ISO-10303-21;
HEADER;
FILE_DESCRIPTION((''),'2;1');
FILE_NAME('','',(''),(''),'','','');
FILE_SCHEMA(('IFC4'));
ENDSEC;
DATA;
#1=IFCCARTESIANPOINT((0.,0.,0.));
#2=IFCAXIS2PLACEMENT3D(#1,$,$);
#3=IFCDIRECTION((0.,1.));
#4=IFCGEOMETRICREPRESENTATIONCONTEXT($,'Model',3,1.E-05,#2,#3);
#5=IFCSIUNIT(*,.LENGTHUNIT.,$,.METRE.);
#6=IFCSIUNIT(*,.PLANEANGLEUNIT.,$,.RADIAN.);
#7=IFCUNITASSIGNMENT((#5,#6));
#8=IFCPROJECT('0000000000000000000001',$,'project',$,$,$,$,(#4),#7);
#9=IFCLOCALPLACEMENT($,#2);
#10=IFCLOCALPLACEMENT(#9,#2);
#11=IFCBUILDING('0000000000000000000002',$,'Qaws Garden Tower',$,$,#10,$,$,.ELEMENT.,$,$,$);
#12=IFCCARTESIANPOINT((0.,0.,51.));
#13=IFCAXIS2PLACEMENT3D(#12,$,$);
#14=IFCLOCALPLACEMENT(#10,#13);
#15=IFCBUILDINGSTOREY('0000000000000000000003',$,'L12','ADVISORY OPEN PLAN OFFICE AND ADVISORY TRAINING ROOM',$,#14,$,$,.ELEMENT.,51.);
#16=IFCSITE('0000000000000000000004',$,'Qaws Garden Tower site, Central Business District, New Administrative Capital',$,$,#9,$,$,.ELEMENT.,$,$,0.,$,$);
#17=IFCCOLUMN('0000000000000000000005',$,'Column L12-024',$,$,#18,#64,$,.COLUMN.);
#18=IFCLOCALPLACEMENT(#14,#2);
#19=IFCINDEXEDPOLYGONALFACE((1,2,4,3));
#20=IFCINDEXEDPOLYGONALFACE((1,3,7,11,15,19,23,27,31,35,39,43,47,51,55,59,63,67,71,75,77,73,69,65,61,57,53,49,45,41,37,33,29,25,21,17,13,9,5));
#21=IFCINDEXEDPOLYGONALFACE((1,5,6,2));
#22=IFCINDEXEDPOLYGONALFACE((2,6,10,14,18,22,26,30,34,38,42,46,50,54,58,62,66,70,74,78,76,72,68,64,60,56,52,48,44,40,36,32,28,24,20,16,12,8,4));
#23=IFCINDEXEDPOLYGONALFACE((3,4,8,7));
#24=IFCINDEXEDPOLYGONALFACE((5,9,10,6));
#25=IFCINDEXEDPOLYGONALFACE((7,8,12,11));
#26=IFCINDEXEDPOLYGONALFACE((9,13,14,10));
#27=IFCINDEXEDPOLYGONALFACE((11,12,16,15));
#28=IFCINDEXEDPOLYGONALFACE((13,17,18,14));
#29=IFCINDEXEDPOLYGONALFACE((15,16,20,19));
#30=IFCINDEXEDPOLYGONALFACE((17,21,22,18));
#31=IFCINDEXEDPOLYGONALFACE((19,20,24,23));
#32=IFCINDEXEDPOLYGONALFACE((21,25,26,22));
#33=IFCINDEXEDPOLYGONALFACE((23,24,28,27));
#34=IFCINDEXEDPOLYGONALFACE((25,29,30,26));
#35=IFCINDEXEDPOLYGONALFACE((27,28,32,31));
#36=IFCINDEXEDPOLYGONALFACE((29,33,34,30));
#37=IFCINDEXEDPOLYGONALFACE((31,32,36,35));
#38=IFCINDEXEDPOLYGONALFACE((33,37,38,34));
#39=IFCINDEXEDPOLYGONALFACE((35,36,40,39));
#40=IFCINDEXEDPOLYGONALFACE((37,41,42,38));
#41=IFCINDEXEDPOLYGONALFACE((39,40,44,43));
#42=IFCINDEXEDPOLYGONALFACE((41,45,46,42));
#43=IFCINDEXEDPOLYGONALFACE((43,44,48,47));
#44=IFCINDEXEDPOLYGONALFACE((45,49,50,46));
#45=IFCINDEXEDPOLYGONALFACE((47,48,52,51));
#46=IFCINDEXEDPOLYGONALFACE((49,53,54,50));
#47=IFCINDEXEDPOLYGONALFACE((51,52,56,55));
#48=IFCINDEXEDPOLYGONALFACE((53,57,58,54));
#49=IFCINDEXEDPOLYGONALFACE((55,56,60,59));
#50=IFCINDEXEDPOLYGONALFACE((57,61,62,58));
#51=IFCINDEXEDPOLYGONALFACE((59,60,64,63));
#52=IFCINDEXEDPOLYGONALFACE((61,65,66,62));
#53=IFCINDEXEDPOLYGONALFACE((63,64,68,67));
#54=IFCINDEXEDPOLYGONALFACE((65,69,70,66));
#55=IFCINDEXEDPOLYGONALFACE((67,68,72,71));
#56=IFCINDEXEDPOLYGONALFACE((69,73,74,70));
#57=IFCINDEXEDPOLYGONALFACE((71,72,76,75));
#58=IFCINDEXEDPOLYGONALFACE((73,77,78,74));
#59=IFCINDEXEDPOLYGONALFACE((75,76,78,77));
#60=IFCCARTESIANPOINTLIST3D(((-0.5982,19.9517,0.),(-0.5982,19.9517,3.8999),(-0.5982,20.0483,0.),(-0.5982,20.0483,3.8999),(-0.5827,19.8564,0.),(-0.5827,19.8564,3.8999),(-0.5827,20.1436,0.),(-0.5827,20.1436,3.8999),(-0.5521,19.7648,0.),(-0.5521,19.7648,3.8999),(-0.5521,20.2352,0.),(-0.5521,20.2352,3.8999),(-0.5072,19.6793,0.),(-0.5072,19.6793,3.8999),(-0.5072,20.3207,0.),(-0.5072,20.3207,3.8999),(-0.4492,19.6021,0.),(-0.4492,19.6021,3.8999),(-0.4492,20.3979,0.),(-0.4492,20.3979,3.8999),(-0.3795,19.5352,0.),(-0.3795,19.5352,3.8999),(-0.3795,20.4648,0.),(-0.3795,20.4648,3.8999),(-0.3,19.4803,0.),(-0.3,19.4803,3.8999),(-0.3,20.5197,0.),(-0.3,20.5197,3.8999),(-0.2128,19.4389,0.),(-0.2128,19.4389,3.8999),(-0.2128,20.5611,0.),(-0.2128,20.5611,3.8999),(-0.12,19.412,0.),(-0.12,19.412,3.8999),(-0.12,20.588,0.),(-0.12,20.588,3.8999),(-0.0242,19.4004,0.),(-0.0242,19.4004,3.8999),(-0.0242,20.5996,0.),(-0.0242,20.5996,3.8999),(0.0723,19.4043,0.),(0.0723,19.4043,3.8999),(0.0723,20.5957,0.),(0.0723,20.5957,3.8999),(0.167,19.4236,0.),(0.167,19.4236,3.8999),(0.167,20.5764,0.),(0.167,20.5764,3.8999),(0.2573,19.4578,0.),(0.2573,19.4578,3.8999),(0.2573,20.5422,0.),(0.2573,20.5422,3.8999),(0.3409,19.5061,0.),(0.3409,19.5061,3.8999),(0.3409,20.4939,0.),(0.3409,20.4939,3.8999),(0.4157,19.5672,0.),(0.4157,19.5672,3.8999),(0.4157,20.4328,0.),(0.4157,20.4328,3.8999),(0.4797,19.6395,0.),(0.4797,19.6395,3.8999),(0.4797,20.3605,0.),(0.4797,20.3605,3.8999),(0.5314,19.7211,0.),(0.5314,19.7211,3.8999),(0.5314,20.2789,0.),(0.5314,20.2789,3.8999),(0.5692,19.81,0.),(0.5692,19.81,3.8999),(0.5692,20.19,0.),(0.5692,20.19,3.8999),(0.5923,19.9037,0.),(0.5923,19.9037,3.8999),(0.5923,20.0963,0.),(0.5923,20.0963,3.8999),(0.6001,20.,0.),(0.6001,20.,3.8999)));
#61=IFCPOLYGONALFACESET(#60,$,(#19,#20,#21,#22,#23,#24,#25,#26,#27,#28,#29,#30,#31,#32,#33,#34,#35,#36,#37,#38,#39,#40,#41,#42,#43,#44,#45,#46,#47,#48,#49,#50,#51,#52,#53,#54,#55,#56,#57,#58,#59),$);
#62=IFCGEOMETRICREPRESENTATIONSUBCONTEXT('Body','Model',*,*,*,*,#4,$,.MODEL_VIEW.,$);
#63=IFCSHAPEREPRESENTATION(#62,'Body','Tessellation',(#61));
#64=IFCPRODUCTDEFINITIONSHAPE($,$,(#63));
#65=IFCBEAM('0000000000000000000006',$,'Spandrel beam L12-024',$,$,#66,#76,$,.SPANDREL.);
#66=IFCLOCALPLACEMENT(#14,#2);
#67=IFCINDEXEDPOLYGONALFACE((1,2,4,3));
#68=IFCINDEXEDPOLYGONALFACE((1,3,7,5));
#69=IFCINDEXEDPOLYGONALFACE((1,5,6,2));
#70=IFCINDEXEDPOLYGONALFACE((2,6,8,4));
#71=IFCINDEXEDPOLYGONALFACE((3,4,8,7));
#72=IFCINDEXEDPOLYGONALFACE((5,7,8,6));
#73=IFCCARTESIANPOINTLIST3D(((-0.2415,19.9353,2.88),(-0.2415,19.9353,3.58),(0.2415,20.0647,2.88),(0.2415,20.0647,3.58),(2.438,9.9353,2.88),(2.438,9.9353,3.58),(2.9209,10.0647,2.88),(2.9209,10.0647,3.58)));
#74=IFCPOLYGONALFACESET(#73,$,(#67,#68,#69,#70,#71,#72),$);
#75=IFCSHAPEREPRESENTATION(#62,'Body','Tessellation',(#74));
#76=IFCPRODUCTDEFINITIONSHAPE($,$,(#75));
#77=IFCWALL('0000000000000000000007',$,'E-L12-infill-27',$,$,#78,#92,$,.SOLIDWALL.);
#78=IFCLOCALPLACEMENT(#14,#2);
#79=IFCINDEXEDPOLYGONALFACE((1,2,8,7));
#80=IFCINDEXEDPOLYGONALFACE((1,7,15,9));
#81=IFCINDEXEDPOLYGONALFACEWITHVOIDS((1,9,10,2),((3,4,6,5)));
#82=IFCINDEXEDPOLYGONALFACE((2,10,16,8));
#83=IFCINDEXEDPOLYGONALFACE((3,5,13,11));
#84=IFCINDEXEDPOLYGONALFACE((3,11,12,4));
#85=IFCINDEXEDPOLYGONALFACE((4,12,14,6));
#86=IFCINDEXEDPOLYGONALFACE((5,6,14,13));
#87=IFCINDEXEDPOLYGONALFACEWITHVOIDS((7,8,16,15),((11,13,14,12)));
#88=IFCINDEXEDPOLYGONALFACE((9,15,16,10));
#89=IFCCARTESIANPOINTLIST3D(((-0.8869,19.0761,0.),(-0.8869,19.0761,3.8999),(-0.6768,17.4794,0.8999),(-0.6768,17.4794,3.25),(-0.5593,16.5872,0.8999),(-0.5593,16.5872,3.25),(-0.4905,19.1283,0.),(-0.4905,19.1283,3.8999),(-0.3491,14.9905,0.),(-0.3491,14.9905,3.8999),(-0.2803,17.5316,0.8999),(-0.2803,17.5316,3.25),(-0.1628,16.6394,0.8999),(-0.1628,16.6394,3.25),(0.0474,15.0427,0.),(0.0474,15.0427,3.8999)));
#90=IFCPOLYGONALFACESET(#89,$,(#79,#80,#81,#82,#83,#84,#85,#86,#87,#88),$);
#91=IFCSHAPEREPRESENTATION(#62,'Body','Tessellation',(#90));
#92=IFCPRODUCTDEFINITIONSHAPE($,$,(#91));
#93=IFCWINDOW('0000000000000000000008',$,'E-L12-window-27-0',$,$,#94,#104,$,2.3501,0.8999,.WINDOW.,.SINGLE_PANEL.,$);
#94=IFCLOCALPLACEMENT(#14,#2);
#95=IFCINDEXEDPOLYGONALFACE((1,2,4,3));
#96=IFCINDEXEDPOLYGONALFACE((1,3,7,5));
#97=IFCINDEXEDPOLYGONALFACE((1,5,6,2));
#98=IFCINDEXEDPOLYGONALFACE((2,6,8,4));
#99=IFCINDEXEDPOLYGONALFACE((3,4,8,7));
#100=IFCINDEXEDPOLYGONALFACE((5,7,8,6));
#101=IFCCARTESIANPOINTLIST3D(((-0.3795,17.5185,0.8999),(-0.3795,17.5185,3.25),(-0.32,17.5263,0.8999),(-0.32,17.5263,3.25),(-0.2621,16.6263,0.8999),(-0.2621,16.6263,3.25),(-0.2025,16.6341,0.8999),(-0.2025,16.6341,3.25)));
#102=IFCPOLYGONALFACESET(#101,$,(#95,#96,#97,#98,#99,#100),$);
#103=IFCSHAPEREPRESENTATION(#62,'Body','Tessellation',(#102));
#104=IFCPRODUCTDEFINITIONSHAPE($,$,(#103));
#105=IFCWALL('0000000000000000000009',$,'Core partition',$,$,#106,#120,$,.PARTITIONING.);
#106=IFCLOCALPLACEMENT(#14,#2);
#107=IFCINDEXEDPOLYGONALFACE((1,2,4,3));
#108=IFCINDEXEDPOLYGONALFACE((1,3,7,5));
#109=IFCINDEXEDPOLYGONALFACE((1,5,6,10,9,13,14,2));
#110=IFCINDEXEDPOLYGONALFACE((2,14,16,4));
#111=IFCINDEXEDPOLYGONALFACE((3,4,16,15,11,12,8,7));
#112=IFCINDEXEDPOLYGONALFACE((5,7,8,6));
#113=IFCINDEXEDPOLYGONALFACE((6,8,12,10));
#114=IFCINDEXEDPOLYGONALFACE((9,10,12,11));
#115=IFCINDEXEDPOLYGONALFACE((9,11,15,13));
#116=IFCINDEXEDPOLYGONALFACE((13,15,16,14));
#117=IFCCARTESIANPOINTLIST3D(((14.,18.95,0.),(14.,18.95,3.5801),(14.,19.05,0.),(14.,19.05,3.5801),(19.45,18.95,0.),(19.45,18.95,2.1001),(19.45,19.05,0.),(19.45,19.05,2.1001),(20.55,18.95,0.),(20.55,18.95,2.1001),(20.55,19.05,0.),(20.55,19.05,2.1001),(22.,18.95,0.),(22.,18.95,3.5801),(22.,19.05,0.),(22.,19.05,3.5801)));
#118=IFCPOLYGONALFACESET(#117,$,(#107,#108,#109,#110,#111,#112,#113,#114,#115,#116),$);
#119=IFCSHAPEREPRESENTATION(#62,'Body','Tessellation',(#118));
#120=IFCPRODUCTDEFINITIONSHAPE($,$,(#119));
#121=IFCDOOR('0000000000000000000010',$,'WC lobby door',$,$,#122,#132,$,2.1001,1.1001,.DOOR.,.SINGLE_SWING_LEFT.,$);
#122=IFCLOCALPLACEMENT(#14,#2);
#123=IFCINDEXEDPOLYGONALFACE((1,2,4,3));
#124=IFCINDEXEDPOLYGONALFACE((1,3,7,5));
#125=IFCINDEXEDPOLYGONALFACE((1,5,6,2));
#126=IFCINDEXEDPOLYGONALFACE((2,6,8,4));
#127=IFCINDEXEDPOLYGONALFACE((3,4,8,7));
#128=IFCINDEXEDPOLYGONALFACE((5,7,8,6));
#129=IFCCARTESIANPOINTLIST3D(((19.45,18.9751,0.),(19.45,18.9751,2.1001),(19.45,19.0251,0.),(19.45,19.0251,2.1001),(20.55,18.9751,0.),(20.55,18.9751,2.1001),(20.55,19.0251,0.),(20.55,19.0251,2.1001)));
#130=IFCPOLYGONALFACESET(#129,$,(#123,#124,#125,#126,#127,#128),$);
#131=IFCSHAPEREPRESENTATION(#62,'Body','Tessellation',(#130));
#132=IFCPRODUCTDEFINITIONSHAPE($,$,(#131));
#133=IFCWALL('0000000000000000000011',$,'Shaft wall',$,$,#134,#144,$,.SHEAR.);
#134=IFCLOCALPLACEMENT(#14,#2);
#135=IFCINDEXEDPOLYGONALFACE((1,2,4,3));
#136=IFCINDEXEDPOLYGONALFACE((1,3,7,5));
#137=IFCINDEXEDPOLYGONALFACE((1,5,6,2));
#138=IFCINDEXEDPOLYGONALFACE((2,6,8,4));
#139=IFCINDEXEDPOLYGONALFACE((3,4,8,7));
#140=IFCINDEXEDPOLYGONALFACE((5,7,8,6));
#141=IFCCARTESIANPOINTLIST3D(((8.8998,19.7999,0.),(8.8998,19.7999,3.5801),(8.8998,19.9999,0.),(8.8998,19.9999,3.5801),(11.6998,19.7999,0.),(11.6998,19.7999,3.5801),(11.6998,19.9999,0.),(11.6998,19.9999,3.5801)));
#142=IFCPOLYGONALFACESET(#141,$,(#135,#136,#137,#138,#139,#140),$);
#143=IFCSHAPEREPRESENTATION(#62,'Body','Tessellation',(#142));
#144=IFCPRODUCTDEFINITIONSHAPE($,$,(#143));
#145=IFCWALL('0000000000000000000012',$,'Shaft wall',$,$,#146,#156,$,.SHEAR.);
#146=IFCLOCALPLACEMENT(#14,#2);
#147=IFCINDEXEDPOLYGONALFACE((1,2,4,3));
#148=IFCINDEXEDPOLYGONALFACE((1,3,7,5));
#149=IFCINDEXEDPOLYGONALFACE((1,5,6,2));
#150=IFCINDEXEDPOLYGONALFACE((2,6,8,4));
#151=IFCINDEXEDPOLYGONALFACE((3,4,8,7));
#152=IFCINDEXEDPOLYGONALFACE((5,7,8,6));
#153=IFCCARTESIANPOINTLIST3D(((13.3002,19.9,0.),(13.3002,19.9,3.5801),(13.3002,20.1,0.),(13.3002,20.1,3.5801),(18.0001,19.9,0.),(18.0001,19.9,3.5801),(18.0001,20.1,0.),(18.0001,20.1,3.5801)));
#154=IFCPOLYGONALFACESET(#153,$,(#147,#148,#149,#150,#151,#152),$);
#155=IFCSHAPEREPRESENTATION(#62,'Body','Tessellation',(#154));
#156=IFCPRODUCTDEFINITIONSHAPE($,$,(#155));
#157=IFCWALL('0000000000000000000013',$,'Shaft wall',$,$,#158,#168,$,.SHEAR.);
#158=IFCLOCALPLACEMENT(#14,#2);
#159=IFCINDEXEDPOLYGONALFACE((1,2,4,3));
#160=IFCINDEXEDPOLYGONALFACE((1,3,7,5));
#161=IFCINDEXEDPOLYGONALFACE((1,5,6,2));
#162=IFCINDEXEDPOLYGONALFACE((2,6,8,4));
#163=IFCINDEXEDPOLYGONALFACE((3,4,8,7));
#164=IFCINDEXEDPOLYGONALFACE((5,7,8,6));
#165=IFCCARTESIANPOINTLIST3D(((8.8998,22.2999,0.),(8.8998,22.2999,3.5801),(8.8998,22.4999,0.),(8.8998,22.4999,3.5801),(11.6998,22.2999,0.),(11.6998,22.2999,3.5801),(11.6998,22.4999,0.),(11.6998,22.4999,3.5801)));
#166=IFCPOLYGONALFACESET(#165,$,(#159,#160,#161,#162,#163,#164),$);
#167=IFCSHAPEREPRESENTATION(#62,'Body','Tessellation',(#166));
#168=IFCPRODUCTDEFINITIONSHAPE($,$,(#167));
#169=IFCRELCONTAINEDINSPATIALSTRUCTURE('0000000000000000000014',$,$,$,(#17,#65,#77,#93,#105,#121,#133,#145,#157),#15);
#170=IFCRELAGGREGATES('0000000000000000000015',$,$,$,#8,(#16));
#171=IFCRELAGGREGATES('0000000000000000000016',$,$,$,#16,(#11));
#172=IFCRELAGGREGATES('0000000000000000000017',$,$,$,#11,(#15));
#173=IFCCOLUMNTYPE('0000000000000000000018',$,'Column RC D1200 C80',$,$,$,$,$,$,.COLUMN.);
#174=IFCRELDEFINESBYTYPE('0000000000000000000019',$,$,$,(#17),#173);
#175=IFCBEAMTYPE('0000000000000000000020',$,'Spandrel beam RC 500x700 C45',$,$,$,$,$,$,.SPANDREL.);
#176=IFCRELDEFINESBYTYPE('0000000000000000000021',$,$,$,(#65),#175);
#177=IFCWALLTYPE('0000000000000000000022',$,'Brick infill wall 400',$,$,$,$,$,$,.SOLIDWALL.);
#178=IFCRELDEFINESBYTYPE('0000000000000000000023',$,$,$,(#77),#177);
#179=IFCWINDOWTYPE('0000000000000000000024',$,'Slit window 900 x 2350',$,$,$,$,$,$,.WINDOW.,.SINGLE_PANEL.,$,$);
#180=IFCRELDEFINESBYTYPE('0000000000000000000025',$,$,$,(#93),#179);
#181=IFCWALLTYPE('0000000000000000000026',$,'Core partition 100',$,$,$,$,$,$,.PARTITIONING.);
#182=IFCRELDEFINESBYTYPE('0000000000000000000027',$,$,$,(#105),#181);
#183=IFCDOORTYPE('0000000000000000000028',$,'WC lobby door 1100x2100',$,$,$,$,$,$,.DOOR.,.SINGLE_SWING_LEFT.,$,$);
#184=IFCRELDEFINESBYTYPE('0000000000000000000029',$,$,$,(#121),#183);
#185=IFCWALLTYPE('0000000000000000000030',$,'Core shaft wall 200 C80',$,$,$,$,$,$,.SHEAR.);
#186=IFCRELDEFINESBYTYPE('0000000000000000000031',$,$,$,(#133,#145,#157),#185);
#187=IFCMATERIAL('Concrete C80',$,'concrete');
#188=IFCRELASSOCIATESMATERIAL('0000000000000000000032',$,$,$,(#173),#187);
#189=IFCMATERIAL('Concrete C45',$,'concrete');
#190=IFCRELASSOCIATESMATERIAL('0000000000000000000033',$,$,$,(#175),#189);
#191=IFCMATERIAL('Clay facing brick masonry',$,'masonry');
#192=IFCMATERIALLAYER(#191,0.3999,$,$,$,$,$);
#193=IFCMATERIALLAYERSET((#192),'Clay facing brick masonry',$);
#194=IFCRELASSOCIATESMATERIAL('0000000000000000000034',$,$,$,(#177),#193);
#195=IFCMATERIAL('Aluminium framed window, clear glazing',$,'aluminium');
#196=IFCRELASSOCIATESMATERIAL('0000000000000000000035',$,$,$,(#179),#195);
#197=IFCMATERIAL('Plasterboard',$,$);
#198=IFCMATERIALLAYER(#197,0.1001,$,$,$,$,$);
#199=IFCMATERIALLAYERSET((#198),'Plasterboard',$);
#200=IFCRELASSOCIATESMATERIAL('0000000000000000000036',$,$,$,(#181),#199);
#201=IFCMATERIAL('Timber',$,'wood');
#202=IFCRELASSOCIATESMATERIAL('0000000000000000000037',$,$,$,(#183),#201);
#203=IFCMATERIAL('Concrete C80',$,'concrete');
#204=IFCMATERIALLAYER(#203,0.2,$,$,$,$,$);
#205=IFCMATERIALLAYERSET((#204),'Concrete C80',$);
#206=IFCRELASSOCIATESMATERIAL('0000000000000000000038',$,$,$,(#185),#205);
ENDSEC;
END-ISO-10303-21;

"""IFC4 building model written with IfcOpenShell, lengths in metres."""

from ifc_helpers import new_model, si_unit, direction, frame, frame_2d, origin, origin_2d, place, context, subcontext, project, spatial, rectangle, circle, extrude, material, layer, layer_set, material_profile, profile_set, type_object, element, fill, save


model = new_model("IFC4")

# Units and contexts
model_context = context("Model", 3, precision=1e-05, world=origin(), true_north=direction((0.0, 1.0)))
body_context = subcontext(model_context, "Body", "Model", "MODEL_VIEW")
ifc_project = project(units=[si_unit("LENGTHUNIT", "METRE"), si_unit("PLANEANGLEUNIT", "RADIAN")], contexts=[model_context])

# Site, building, storey
site_placement = place(None, origin())
site = spatial("IfcSite", under=ifc_project, at=site_placement, Name="Qaws Garden Tower site, Central Business District, New Administrative Capital", CompositionType="ELEMENT", RefElevation=0.0)
building_placement = place(site_placement, origin())
building = spatial("IfcBuilding", under=site, at=building_placement, Name="Qaws Garden Tower", CompositionType="ELEMENT")
storey_placement = place(building_placement, frame((0.0, 0.0, 51.0)))
storey = spatial("IfcBuildingStorey", under=building, at=storey_placement, Name="L12", Description="ADVISORY OPEN PLAN OFFICE AND ADVISORY TRAINING ROOM", CompositionType="ELEMENT", Elevation=51.0)

# Column
ifc_material_1 = material(Name="Concrete C80", Category="concrete")
ifc_material_profile_1 = material_profile(ifc_material_1, circle(Radius=0.6001, at=origin_2d()), Name="RC D1200")
ifc_profile_set_1 = profile_set([ifc_material_profile_1], Name="Concrete C80")
column_type = type_object("IfcColumnType", Name="Column RC D1200 C80", PredefinedType="COLUMN", material=ifc_profile_set_1)
column_placement = place(storey_placement, frame((0.0, 20.0, 0.0), z_axis=(0.0, 0.0, 1.0), x_axis=(1.0, 0.0, 0.0)))
element("IfcColumn", 1, at=column_placement, inside=storey, type_object=column_type, Name="Column L12-024", PredefinedType="COLUMN", context=body_context, shape_type="SweptSolid", body=[
    extrude(circle(Radius=0.6001, at=origin_2d()), origin(), (0.0, 0.0, 1.0), 3.8999),
])

# Beam
ifc_material_2 = material(Name="Concrete C45", Category="concrete")
ifc_material_profile_2 = material_profile(ifc_material_2, rectangle(XDim=0.5, YDim=0.7, at=origin_2d()), Name="RC 500x700")
ifc_profile_set_2 = profile_set([ifc_material_profile_2], Name="Concrete C45")
beam_type = type_object("IfcBeamType", Name="Spandrel beam RC 500x700 C45", PredefinedType="SPANDREL", material=ifc_profile_set_2)
beam_placement = place(storey_placement, frame((0.0, 20.0, 3.23), z_axis=(0.258815, -0.965927, 0.0), x_axis=(0.965927, 0.258815, 0.0)))
element("IfcBeam", 2, at=beam_placement, inside=storey, type_object=beam_type, Name="Spandrel beam L12-024", PredefinedType="SPANDREL", context=body_context, shape_type="SweptSolid", body=[
    extrude(rectangle(XDim=0.5, YDim=0.7, at=origin_2d()), origin(), (0.0, 0.0, 1.0), 10.3528),
])

# Wall, opening, window
ifc_material_3 = material(Name="Clay facing brick masonry", Category="masonry")
ifc_layer_1 = layer(ifc_material_3, 0.3999)
ifc_layer_set_1 = layer_set([ifc_layer_1], Name="Clay facing brick masonry")
wall_type_1 = type_object("IfcWallType", Name="Brick infill wall 400", PredefinedType="SOLIDWALL", material=ifc_layer_set_1)
wall_1_placement = place(storey_placement, frame((-0.6887, 19.1023, 0.0), z_axis=(0.0, 0.0, 1.0), x_axis=(0.130514, -0.991446, 0.0)))
wall_1 = element("IfcWall", 3, at=wall_1_placement, inside=storey, type_object=wall_type_1, Name="E-L12-infill-27", PredefinedType="SOLIDWALL", context=body_context, shape_type="SweptSolid", body=[
    extrude(rectangle(XDim=4.1208, YDim=0.3999, at=frame_2d((2.0605, 0.0))), origin(), (0.0, 0.0, 1.0), 3.8999),
])
opening_1_placement = place(wall_1_placement, frame((1.6106, 0.0, 0.8999)))
opening_1 = element("IfcOpeningElement", 4, at=opening_1_placement, cuts=wall_1, PredefinedType="OPENING", context=body_context, shape_type="SweptSolid", body=[
    extrude(rectangle(XDim=0.8999, YDim=2.3501, at=frame_2d((0.45, 1.175))), frame((0.0, 0.21, 0.0), z_axis=(0.0, -1.0, 0.0), x_axis=(1.0, 0.0, 0.0)), (0.0, 0.0, 1.0), 0.4199),
])
ifc_material_4 = material(Name="Aluminium framed window, clear glazing", Category="aluminium")
window_type = type_object("IfcWindowType", Name="Slit window 900 x 2350", PartitioningType="SINGLE_PANEL", PredefinedType="WINDOW", material=ifc_material_4)
window_placement = place(opening_1_placement, origin())
window = element("IfcWindow", 5, at=window_placement, inside=storey, type_object=window_type, Name="E-L12-window-27-0", OverallHeight=2.3501, OverallWidth=0.8999, PartitioningType="SINGLE_PANEL", PredefinedType="WINDOW", context=body_context, shape_type="SweptSolid", body=[
    extrude(rectangle(XDim=0.8999, YDim=2.3501, at=frame_2d((0.45, 1.175))), frame((0.0, 0.1599, 0.0), z_axis=(0.0, -1.0, 0.0), x_axis=(1.0, 0.0, 0.0)), (0.0, 0.0, 1.0), 0.0601),
])
fill(opening_1, window)

# Wall, opening, door
ifc_material_5 = material(Name="Plasterboard")
ifc_layer_2 = layer(ifc_material_5, 0.1001)
ifc_layer_set_2 = layer_set([ifc_layer_2], Name="Plasterboard")
wall_type_2 = type_object("IfcWallType", Name="Core partition 100", PredefinedType="PARTITIONING", material=ifc_layer_set_2)
wall_2_placement = place(storey_placement, frame((14.0, 19.0, 0.0), z_axis=(0.0, 0.0, 1.0), x_axis=(1.0, 0.0, 0.0)))
wall_2 = element("IfcWall", 6, at=wall_2_placement, inside=storey, type_object=wall_type_2, Name="Core partition", PredefinedType="PARTITIONING", context=body_context, shape_type="SweptSolid", body=[
    extrude(rectangle(XDim=8.0, YDim=0.1001, at=frame_2d((4.0, 0.0))), origin(), (0.0, 0.0, 1.0), 3.5801),
])
opening_2_placement = place(wall_2_placement, frame((5.45, 0.0, 0.0)))
opening_2 = element("IfcOpeningElement", 7, at=opening_2_placement, cuts=wall_2, PredefinedType="OPENING", context=body_context, shape_type="SweptSolid", body=[
    extrude(rectangle(XDim=1.1001, YDim=2.1001, at=frame_2d((0.55, 1.05))), frame((0.0, 0.0601, 0.0), z_axis=(0.0, -1.0, 0.0), x_axis=(1.0, 0.0, 0.0)), (0.0, 0.0, 1.0), 0.1201),
])
ifc_material_6 = material(Name="Timber", Category="wood")
door_type_1 = type_object("IfcDoorType", Name="WC lobby door 1100x2100", OperationType="SINGLE_SWING_LEFT", PredefinedType="DOOR", material=ifc_material_6)
door_1_placement = place(opening_2_placement, frame((1.1001, 0.0, 0.0), z_axis=(0.0, 0.0, 1.0), x_axis=(-1.0, 0.0, 0.0)))
door_1 = element("IfcDoor", 8, at=door_1_placement, inside=storey, type_object=door_type_1, Name="WC lobby door", OperationType="SINGLE_SWING_LEFT", OverallHeight=2.1001, OverallWidth=1.1001, PredefinedType="DOOR", context=body_context, shape_type="SweptSolid", body=[
    extrude(rectangle(XDim=1.1001, YDim=2.1001, at=frame_2d((0.55, 1.05))), frame((0.0, 0.0249, 0.0), z_axis=(0.0, -1.0, 0.0), x_axis=(1.0, 0.0, 0.0)), (0.0, 0.0, 1.0), 0.05),
])
fill(opening_2, door_1)

# Walls
ifc_material_7 = material(Name="Concrete C80", Category="concrete")
ifc_layer_3 = layer(ifc_material_7, 0.2)
ifc_layer_set_3 = layer_set([ifc_layer_3], Name="Concrete C80")
wall_type_3 = type_object("IfcWallType", Name="Core shaft wall 200 C80", PredefinedType="SHEAR", material=ifc_layer_set_3)
wall_3_placement = place(storey_placement, frame((8.8999, 19.8999, 0.0), z_axis=(0.0, 0.0, 1.0), x_axis=(1.0, 0.0, 0.0)))
element("IfcWall", 9, at=wall_3_placement, inside=storey, type_object=wall_type_3, Name="Shaft wall", PredefinedType="SHEAR", context=body_context, shape_type="SweptSolid", body=[
    extrude(rectangle(XDim=2.8, YDim=0.2, at=frame_2d((1.3999, 0.0))), origin(), (0.0, 0.0, 1.0), 3.5801),
])
wall_4_placement = place(storey_placement, frame((13.3, 20.0, 0.0), z_axis=(0.0, 0.0, 1.0), x_axis=(1.0, 0.0, 0.0)))
element("IfcWall", 10, at=wall_4_placement, inside=storey, type_object=wall_type_3, Name="Shaft wall", PredefinedType="SHEAR", context=body_context, shape_type="SweptSolid", body=[
    extrude(rectangle(XDim=4.7, YDim=0.2, at=frame_2d((2.3501, 0.0))), origin(), (0.0, 0.0, 1.0), 3.5801),
])
wall_5_placement = place(storey_placement, frame((8.8999, 22.3999, 0.0), z_axis=(0.0, 0.0, 1.0), x_axis=(1.0, 0.0, 0.0)))
element("IfcWall", 11, at=wall_5_placement, inside=storey, type_object=wall_type_3, Name="Shaft wall", PredefinedType="SHEAR", context=body_context, shape_type="SweptSolid", body=[
    extrude(rectangle(XDim=2.8, YDim=0.2, at=frame_2d((1.3999, 0.0))), origin(), (0.0, 0.0, 1.0), 3.5801),
])

save(model, "model.ifc")
